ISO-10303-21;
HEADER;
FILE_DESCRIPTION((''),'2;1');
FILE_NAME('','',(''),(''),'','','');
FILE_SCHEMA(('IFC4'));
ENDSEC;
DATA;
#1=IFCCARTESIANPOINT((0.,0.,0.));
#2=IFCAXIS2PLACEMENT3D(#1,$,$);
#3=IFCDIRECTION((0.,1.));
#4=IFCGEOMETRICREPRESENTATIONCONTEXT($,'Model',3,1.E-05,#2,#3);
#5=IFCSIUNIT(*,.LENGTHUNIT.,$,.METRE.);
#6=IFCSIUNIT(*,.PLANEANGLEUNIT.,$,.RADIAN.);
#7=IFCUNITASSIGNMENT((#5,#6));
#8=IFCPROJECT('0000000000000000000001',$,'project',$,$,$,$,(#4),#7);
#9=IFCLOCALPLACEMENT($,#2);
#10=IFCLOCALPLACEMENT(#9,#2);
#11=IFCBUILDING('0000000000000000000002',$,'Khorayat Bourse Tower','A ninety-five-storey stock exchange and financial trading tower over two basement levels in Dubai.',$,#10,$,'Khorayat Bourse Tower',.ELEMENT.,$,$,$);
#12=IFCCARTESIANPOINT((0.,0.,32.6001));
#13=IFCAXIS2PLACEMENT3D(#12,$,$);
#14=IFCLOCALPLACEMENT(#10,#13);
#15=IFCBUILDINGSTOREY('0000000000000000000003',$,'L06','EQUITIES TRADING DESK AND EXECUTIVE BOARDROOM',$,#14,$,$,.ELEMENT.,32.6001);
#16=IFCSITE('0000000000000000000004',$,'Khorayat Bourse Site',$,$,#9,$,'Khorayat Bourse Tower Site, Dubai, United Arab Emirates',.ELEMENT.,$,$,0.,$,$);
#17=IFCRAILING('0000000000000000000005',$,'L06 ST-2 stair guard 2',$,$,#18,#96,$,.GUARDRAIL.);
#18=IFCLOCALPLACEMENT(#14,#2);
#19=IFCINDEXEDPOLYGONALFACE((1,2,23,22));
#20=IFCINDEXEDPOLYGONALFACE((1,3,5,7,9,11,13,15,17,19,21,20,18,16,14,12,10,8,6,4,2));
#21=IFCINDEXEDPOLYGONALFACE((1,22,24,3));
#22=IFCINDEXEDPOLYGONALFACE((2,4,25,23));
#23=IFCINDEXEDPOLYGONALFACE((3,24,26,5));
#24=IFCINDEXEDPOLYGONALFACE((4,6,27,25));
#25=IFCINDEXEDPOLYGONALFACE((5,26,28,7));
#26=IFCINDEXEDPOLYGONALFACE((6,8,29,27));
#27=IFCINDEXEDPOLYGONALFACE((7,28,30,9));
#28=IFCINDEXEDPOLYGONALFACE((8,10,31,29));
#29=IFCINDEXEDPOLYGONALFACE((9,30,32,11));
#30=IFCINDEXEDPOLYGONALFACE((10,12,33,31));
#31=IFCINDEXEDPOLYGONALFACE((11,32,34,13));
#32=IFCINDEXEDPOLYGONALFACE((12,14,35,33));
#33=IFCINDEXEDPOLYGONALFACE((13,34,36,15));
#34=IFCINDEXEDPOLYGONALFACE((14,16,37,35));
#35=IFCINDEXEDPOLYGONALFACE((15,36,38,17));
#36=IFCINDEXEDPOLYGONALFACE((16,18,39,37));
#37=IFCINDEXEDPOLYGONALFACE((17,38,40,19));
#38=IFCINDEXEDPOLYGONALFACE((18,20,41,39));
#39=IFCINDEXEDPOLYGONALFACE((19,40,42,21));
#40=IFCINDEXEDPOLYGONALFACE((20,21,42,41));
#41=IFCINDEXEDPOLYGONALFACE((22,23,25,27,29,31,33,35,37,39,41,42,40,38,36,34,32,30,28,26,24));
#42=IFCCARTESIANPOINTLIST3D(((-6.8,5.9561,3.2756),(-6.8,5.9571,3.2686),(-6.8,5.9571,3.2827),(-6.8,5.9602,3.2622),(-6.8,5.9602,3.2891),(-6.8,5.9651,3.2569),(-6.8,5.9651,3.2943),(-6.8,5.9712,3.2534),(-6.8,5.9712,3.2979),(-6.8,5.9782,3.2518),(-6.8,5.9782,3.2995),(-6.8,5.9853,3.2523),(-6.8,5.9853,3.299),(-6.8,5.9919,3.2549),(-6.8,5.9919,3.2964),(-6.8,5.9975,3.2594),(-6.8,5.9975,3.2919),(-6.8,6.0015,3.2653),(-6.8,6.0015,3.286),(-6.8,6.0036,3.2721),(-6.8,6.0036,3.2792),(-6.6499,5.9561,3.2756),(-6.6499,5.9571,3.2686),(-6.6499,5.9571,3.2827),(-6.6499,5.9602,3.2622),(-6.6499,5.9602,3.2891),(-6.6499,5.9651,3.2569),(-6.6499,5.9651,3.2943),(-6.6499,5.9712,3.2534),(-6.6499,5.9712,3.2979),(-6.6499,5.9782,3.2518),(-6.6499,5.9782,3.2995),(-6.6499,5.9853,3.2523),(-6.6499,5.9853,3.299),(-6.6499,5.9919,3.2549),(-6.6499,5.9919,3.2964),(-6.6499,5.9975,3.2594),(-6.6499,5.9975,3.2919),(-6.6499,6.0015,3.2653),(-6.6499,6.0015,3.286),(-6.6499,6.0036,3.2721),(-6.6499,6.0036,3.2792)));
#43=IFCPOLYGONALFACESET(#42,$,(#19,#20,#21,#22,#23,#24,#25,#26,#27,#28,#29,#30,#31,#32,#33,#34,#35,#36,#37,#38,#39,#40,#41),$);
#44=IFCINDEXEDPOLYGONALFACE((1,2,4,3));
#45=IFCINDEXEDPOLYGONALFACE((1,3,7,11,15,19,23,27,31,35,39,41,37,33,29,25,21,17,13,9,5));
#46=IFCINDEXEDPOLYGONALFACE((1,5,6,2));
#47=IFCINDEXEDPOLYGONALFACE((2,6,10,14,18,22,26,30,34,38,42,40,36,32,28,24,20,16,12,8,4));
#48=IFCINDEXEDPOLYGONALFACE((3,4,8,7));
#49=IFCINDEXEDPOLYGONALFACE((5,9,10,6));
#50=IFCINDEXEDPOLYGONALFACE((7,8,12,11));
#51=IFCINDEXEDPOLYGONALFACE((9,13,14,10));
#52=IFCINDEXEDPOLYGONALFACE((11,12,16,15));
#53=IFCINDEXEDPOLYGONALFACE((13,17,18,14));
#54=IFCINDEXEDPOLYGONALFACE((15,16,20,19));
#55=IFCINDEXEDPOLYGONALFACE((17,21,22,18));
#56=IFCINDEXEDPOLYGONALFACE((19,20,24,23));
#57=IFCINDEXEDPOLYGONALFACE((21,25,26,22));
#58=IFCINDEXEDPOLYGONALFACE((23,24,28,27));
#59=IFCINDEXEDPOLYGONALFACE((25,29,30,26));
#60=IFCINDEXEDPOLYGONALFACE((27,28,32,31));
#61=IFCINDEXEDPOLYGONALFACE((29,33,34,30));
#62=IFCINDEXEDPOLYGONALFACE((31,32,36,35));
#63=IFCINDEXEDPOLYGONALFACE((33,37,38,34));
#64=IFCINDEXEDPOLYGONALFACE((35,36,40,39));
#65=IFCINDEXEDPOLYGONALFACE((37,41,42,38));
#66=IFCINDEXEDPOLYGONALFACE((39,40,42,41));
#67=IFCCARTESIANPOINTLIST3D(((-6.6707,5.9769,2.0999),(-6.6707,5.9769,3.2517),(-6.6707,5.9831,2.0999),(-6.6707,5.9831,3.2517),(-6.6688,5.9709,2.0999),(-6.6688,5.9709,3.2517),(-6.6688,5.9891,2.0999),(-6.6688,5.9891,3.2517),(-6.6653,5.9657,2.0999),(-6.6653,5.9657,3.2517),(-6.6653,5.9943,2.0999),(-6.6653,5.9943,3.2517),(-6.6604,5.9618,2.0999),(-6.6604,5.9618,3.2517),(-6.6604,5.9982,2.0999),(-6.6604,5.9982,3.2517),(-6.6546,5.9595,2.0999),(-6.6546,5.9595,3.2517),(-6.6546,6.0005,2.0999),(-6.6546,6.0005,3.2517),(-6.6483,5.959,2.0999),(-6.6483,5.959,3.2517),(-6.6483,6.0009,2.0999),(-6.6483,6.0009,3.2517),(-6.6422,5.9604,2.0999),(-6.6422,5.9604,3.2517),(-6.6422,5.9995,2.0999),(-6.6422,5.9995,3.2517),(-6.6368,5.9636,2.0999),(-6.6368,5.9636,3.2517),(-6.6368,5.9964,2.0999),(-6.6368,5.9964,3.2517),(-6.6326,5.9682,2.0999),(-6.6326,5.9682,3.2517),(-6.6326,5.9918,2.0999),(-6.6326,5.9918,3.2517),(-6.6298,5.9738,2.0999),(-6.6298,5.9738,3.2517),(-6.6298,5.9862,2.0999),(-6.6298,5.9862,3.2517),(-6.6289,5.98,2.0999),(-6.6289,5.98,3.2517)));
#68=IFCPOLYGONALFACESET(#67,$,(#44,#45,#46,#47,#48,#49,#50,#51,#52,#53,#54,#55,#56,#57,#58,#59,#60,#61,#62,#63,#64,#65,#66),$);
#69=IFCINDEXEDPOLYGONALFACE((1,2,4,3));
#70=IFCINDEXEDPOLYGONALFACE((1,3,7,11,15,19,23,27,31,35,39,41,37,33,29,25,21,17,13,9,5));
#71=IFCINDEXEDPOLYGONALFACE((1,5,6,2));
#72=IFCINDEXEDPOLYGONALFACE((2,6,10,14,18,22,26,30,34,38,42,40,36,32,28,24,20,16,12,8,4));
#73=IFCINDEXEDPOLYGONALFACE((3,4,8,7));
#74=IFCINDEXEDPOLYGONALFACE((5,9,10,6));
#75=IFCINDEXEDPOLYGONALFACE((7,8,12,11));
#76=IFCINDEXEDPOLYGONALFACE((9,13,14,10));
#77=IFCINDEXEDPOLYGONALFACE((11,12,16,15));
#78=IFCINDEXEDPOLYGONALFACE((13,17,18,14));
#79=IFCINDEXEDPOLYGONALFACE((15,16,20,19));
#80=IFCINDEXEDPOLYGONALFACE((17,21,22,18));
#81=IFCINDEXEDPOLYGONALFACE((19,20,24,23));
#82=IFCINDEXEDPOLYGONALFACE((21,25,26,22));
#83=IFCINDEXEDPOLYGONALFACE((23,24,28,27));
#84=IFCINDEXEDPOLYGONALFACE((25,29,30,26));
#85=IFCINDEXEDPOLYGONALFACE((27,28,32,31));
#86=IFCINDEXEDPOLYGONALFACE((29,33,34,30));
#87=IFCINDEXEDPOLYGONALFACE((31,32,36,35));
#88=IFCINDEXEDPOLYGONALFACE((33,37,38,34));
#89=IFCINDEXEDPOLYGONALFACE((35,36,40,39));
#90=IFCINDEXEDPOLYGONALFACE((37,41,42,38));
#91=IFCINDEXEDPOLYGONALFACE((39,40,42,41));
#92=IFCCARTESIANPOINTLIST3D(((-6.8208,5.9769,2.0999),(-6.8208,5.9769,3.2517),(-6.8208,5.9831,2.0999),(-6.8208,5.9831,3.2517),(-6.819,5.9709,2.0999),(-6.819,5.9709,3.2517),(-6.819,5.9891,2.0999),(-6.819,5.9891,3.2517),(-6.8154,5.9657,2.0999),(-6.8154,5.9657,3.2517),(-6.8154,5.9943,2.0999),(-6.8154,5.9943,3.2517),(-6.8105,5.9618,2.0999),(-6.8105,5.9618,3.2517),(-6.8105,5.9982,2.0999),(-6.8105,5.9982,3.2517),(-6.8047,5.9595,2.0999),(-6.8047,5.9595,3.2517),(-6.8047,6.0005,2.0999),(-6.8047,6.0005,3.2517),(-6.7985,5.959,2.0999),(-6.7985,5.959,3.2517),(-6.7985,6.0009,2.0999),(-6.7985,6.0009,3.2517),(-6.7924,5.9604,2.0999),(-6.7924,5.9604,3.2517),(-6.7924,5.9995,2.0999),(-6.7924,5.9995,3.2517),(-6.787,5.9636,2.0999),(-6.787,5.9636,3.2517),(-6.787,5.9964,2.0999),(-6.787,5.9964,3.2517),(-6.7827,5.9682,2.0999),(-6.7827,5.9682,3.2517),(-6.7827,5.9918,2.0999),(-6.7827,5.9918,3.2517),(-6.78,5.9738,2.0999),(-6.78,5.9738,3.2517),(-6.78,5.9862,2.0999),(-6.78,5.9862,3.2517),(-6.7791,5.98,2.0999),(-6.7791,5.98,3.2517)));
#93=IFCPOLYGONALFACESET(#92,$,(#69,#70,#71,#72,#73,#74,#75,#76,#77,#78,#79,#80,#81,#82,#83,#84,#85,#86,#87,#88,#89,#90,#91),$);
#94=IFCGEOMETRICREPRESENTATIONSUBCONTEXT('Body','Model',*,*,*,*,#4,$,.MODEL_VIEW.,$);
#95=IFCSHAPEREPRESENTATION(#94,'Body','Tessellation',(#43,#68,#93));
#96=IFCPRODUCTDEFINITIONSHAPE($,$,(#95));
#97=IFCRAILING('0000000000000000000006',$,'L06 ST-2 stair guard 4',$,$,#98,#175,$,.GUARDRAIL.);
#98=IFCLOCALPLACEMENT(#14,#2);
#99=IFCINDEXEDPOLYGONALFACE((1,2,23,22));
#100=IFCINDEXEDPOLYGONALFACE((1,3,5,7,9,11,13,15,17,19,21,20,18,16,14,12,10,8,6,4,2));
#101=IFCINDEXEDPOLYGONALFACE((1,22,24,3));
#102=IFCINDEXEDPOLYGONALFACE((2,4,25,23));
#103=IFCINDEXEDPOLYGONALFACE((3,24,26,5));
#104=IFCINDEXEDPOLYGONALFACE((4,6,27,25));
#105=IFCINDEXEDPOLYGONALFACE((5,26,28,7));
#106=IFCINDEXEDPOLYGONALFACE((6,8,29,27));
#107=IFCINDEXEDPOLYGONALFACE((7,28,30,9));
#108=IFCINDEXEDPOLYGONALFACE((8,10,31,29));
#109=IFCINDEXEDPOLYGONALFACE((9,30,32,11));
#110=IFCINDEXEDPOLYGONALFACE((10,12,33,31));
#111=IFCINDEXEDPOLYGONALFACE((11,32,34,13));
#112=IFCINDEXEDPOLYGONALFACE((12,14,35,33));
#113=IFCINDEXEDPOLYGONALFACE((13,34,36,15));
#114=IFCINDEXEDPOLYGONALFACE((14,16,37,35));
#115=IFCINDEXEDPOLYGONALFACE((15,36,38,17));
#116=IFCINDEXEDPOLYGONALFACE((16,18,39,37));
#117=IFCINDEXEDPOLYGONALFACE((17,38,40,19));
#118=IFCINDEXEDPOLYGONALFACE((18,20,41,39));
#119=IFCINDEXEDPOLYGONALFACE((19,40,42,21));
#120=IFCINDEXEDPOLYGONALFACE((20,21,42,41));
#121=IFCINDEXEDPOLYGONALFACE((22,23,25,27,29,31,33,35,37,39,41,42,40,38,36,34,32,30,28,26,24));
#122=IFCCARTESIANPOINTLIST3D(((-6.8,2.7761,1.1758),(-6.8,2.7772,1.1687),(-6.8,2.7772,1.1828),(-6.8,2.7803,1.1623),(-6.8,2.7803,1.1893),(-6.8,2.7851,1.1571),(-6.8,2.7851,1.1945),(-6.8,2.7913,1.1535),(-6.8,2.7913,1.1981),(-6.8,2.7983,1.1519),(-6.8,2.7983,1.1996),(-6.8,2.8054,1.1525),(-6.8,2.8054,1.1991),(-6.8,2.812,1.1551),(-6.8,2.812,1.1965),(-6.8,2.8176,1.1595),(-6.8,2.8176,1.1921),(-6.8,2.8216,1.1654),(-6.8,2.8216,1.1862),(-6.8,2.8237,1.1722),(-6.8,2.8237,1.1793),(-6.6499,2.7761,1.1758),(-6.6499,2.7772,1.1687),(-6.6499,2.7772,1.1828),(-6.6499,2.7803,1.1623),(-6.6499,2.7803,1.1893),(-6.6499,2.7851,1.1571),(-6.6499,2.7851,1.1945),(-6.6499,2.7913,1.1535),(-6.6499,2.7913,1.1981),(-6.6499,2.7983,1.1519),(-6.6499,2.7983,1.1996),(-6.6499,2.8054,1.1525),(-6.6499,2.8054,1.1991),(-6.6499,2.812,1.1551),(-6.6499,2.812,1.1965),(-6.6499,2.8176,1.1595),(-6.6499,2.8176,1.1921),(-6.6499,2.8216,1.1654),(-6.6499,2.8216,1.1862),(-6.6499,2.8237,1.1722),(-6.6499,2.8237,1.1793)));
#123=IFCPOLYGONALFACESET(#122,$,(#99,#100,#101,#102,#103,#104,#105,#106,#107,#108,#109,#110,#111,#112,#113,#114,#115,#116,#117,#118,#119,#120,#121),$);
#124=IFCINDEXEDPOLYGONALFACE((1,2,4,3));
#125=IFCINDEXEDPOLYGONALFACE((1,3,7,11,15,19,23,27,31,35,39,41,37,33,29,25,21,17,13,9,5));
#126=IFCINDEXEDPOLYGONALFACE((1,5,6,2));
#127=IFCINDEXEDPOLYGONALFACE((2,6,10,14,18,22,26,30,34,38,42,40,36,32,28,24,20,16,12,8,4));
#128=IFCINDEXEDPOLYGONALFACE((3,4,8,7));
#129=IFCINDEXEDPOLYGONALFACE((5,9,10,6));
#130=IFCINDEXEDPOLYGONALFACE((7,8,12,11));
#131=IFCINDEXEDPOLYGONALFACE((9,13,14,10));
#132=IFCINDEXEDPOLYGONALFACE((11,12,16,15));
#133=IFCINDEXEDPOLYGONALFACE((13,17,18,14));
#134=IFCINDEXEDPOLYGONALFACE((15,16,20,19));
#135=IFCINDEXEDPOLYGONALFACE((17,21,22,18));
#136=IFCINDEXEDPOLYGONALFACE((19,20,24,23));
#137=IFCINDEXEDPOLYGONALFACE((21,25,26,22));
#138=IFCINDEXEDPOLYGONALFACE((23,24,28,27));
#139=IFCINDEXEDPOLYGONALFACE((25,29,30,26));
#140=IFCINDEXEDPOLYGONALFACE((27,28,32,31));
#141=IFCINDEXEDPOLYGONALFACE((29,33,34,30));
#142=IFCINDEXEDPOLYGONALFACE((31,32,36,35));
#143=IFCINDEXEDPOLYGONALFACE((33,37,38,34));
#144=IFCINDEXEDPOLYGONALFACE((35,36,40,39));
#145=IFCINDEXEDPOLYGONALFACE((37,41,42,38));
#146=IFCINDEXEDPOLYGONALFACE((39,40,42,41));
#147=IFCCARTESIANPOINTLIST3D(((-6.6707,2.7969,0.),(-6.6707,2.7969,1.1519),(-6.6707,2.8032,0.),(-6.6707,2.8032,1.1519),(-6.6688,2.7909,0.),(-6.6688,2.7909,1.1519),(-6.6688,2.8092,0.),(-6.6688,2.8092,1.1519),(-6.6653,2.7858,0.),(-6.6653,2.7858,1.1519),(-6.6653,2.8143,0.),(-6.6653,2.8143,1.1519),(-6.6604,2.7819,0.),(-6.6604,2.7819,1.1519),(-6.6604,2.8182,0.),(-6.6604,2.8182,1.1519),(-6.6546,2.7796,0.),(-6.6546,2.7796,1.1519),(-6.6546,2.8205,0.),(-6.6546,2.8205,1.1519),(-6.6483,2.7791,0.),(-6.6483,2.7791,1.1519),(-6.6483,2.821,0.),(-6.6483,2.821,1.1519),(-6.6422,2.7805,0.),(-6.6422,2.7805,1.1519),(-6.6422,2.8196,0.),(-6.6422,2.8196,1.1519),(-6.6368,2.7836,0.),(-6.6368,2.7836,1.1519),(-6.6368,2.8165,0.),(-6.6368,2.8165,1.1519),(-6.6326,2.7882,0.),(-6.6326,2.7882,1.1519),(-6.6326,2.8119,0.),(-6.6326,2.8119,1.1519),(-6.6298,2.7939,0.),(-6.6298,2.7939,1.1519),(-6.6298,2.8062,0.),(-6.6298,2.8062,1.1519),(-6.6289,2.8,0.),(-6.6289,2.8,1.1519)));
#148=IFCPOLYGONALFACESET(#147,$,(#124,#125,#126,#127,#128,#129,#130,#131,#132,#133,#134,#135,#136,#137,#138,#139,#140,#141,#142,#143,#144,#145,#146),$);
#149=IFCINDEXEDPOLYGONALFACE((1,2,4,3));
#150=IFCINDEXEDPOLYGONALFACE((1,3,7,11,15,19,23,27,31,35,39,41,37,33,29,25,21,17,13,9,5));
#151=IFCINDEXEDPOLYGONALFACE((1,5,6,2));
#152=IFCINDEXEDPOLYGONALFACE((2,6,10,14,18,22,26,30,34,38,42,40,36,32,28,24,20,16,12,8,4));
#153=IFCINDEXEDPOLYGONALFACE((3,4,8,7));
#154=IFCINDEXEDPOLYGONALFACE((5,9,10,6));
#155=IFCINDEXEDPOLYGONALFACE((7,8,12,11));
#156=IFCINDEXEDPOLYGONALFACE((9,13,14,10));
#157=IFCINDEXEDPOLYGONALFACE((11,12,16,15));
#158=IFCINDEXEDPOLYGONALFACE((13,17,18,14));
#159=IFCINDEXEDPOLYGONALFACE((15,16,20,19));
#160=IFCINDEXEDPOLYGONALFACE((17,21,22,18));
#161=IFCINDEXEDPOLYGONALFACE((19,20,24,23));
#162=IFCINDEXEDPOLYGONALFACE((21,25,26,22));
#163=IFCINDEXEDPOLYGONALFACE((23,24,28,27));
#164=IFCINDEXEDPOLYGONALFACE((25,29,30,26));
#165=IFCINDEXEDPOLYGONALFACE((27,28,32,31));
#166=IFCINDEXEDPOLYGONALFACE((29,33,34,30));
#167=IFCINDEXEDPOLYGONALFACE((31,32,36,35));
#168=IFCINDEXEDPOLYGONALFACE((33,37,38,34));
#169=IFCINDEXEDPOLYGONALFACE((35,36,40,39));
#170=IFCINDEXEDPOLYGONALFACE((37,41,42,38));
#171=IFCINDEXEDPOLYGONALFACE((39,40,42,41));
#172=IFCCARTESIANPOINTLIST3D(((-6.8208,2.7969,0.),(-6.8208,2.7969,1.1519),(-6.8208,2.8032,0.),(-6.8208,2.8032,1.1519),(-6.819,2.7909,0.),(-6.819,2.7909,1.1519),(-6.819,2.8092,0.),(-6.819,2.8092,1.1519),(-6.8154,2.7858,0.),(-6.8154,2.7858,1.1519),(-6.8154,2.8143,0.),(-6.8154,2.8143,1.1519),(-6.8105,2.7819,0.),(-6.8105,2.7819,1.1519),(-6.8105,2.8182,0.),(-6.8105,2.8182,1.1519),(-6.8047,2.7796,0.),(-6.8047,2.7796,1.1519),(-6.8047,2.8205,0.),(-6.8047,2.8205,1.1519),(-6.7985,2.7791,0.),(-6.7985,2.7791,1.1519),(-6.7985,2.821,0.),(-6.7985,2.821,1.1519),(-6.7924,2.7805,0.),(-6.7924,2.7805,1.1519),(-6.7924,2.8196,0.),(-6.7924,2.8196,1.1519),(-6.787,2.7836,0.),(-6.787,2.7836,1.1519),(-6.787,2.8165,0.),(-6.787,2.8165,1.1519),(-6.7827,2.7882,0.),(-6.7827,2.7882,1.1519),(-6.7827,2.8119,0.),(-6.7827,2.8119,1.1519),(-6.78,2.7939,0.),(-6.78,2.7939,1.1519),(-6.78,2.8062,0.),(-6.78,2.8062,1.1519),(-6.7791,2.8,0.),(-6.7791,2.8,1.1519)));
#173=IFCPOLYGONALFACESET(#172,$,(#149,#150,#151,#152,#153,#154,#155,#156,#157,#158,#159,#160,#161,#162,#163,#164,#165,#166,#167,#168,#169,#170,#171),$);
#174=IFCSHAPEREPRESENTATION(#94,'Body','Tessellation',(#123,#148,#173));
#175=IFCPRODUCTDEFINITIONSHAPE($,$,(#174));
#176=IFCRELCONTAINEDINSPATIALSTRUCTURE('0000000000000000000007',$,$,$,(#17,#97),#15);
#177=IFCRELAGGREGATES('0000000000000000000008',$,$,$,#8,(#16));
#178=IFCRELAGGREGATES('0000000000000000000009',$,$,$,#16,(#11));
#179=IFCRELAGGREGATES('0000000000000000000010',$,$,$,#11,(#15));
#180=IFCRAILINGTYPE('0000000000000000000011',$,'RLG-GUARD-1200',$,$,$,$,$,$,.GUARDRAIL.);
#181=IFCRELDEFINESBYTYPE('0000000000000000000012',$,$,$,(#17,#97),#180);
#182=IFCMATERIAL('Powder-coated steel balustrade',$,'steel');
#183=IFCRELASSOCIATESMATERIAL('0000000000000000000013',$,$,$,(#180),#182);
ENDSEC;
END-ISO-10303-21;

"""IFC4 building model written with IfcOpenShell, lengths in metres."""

from ifc_helpers import new_model, si_unit, direction, frame, origin, origin_2d, place, context, subcontext, project, spatial, circle, extrude, source, transform, mapped, material, type_object, element, save


model = new_model("IFC4")

# Units and contexts
model_context = context("Model", 3, precision=1e-05, world=origin(), true_north=direction((0.0, 1.0)))
body_context = subcontext(model_context, "Body", "Model", "MODEL_VIEW")
ifc_project = project(units=[si_unit("LENGTHUNIT", "METRE"), si_unit("PLANEANGLEUNIT", "RADIAN")], contexts=[model_context])

# Site, building, storey
site_placement = place(None, origin())
site = spatial("IfcSite", under=ifc_project, at=site_placement, Name="Khorayat Bourse Site", LongName="Khorayat Bourse Tower Site, Dubai, United Arab Emirates", CompositionType="ELEMENT", RefElevation=0.0)
building_placement = place(site_placement, origin())
building = spatial("IfcBuilding", under=site, at=building_placement, Name="Khorayat Bourse Tower", Description="A ninety-five-storey stock exchange and financial trading tower over two basement levels in Dubai.", LongName="Khorayat Bourse Tower", CompositionType="ELEMENT")
storey_placement = place(building_placement, frame((0.0, 0.0, 32.6001)))
storey = spatial("IfcBuildingStorey", under=building, at=storey_placement, Name="L06", Description="EQUITIES TRADING DESK AND EXECUTIVE BOARDROOM", CompositionType="ELEMENT", Elevation=32.6001)

# Railings
ifc_material_1 = material(Name="Powder-coated steel balustrade", Category="steel")
railing_type_1 = type_object("IfcRailingType", Name="RLG-GUARD-1200", PredefinedType="GUARDRAIL", material=ifc_material_1)
shared_shape_1 = source(origin(), body_context, "Body", "SweptSolid", [
    extrude(circle(Radius=0.0239, at=origin_2d()), frame((0.0, 0.0, 1.1758), z_axis=(-1.0, 0.0, 0.0), x_axis=(0.0, -1.0, 0.0)), (0.0, 0.0, 1.0), 0.1501),
    extrude(circle(Radius=0.021, at=origin_2d()), origin(), (0.0, 0.0, 1.0), 1.1519),
    extrude(circle(Radius=0.021, at=origin_2d()), frame((-0.1501, 0.0, 0.0)), (0.0, 0.0, 1.0), 1.1519),
])
for number, where, name in (
    (1, (-6.6499, 5.98, 2.0999), "L06 ST-2 stair guard 2"),
    (2, (-6.6499, 2.8, 0.0), "L06 ST-2 stair guard 4"),
):
    element("IfcRailing", number, at=place(storey_placement, frame(where)), inside=storey, type_object=railing_type_1, Name=name, PredefinedType="GUARDRAIL", context=body_context, shape_type="MappedRepresentation", body=[
        mapped(shared_shape_1, transform((0.0, 0.0, 0.0), scale=1.0)),
    ])

save(model, "model.ifc")
